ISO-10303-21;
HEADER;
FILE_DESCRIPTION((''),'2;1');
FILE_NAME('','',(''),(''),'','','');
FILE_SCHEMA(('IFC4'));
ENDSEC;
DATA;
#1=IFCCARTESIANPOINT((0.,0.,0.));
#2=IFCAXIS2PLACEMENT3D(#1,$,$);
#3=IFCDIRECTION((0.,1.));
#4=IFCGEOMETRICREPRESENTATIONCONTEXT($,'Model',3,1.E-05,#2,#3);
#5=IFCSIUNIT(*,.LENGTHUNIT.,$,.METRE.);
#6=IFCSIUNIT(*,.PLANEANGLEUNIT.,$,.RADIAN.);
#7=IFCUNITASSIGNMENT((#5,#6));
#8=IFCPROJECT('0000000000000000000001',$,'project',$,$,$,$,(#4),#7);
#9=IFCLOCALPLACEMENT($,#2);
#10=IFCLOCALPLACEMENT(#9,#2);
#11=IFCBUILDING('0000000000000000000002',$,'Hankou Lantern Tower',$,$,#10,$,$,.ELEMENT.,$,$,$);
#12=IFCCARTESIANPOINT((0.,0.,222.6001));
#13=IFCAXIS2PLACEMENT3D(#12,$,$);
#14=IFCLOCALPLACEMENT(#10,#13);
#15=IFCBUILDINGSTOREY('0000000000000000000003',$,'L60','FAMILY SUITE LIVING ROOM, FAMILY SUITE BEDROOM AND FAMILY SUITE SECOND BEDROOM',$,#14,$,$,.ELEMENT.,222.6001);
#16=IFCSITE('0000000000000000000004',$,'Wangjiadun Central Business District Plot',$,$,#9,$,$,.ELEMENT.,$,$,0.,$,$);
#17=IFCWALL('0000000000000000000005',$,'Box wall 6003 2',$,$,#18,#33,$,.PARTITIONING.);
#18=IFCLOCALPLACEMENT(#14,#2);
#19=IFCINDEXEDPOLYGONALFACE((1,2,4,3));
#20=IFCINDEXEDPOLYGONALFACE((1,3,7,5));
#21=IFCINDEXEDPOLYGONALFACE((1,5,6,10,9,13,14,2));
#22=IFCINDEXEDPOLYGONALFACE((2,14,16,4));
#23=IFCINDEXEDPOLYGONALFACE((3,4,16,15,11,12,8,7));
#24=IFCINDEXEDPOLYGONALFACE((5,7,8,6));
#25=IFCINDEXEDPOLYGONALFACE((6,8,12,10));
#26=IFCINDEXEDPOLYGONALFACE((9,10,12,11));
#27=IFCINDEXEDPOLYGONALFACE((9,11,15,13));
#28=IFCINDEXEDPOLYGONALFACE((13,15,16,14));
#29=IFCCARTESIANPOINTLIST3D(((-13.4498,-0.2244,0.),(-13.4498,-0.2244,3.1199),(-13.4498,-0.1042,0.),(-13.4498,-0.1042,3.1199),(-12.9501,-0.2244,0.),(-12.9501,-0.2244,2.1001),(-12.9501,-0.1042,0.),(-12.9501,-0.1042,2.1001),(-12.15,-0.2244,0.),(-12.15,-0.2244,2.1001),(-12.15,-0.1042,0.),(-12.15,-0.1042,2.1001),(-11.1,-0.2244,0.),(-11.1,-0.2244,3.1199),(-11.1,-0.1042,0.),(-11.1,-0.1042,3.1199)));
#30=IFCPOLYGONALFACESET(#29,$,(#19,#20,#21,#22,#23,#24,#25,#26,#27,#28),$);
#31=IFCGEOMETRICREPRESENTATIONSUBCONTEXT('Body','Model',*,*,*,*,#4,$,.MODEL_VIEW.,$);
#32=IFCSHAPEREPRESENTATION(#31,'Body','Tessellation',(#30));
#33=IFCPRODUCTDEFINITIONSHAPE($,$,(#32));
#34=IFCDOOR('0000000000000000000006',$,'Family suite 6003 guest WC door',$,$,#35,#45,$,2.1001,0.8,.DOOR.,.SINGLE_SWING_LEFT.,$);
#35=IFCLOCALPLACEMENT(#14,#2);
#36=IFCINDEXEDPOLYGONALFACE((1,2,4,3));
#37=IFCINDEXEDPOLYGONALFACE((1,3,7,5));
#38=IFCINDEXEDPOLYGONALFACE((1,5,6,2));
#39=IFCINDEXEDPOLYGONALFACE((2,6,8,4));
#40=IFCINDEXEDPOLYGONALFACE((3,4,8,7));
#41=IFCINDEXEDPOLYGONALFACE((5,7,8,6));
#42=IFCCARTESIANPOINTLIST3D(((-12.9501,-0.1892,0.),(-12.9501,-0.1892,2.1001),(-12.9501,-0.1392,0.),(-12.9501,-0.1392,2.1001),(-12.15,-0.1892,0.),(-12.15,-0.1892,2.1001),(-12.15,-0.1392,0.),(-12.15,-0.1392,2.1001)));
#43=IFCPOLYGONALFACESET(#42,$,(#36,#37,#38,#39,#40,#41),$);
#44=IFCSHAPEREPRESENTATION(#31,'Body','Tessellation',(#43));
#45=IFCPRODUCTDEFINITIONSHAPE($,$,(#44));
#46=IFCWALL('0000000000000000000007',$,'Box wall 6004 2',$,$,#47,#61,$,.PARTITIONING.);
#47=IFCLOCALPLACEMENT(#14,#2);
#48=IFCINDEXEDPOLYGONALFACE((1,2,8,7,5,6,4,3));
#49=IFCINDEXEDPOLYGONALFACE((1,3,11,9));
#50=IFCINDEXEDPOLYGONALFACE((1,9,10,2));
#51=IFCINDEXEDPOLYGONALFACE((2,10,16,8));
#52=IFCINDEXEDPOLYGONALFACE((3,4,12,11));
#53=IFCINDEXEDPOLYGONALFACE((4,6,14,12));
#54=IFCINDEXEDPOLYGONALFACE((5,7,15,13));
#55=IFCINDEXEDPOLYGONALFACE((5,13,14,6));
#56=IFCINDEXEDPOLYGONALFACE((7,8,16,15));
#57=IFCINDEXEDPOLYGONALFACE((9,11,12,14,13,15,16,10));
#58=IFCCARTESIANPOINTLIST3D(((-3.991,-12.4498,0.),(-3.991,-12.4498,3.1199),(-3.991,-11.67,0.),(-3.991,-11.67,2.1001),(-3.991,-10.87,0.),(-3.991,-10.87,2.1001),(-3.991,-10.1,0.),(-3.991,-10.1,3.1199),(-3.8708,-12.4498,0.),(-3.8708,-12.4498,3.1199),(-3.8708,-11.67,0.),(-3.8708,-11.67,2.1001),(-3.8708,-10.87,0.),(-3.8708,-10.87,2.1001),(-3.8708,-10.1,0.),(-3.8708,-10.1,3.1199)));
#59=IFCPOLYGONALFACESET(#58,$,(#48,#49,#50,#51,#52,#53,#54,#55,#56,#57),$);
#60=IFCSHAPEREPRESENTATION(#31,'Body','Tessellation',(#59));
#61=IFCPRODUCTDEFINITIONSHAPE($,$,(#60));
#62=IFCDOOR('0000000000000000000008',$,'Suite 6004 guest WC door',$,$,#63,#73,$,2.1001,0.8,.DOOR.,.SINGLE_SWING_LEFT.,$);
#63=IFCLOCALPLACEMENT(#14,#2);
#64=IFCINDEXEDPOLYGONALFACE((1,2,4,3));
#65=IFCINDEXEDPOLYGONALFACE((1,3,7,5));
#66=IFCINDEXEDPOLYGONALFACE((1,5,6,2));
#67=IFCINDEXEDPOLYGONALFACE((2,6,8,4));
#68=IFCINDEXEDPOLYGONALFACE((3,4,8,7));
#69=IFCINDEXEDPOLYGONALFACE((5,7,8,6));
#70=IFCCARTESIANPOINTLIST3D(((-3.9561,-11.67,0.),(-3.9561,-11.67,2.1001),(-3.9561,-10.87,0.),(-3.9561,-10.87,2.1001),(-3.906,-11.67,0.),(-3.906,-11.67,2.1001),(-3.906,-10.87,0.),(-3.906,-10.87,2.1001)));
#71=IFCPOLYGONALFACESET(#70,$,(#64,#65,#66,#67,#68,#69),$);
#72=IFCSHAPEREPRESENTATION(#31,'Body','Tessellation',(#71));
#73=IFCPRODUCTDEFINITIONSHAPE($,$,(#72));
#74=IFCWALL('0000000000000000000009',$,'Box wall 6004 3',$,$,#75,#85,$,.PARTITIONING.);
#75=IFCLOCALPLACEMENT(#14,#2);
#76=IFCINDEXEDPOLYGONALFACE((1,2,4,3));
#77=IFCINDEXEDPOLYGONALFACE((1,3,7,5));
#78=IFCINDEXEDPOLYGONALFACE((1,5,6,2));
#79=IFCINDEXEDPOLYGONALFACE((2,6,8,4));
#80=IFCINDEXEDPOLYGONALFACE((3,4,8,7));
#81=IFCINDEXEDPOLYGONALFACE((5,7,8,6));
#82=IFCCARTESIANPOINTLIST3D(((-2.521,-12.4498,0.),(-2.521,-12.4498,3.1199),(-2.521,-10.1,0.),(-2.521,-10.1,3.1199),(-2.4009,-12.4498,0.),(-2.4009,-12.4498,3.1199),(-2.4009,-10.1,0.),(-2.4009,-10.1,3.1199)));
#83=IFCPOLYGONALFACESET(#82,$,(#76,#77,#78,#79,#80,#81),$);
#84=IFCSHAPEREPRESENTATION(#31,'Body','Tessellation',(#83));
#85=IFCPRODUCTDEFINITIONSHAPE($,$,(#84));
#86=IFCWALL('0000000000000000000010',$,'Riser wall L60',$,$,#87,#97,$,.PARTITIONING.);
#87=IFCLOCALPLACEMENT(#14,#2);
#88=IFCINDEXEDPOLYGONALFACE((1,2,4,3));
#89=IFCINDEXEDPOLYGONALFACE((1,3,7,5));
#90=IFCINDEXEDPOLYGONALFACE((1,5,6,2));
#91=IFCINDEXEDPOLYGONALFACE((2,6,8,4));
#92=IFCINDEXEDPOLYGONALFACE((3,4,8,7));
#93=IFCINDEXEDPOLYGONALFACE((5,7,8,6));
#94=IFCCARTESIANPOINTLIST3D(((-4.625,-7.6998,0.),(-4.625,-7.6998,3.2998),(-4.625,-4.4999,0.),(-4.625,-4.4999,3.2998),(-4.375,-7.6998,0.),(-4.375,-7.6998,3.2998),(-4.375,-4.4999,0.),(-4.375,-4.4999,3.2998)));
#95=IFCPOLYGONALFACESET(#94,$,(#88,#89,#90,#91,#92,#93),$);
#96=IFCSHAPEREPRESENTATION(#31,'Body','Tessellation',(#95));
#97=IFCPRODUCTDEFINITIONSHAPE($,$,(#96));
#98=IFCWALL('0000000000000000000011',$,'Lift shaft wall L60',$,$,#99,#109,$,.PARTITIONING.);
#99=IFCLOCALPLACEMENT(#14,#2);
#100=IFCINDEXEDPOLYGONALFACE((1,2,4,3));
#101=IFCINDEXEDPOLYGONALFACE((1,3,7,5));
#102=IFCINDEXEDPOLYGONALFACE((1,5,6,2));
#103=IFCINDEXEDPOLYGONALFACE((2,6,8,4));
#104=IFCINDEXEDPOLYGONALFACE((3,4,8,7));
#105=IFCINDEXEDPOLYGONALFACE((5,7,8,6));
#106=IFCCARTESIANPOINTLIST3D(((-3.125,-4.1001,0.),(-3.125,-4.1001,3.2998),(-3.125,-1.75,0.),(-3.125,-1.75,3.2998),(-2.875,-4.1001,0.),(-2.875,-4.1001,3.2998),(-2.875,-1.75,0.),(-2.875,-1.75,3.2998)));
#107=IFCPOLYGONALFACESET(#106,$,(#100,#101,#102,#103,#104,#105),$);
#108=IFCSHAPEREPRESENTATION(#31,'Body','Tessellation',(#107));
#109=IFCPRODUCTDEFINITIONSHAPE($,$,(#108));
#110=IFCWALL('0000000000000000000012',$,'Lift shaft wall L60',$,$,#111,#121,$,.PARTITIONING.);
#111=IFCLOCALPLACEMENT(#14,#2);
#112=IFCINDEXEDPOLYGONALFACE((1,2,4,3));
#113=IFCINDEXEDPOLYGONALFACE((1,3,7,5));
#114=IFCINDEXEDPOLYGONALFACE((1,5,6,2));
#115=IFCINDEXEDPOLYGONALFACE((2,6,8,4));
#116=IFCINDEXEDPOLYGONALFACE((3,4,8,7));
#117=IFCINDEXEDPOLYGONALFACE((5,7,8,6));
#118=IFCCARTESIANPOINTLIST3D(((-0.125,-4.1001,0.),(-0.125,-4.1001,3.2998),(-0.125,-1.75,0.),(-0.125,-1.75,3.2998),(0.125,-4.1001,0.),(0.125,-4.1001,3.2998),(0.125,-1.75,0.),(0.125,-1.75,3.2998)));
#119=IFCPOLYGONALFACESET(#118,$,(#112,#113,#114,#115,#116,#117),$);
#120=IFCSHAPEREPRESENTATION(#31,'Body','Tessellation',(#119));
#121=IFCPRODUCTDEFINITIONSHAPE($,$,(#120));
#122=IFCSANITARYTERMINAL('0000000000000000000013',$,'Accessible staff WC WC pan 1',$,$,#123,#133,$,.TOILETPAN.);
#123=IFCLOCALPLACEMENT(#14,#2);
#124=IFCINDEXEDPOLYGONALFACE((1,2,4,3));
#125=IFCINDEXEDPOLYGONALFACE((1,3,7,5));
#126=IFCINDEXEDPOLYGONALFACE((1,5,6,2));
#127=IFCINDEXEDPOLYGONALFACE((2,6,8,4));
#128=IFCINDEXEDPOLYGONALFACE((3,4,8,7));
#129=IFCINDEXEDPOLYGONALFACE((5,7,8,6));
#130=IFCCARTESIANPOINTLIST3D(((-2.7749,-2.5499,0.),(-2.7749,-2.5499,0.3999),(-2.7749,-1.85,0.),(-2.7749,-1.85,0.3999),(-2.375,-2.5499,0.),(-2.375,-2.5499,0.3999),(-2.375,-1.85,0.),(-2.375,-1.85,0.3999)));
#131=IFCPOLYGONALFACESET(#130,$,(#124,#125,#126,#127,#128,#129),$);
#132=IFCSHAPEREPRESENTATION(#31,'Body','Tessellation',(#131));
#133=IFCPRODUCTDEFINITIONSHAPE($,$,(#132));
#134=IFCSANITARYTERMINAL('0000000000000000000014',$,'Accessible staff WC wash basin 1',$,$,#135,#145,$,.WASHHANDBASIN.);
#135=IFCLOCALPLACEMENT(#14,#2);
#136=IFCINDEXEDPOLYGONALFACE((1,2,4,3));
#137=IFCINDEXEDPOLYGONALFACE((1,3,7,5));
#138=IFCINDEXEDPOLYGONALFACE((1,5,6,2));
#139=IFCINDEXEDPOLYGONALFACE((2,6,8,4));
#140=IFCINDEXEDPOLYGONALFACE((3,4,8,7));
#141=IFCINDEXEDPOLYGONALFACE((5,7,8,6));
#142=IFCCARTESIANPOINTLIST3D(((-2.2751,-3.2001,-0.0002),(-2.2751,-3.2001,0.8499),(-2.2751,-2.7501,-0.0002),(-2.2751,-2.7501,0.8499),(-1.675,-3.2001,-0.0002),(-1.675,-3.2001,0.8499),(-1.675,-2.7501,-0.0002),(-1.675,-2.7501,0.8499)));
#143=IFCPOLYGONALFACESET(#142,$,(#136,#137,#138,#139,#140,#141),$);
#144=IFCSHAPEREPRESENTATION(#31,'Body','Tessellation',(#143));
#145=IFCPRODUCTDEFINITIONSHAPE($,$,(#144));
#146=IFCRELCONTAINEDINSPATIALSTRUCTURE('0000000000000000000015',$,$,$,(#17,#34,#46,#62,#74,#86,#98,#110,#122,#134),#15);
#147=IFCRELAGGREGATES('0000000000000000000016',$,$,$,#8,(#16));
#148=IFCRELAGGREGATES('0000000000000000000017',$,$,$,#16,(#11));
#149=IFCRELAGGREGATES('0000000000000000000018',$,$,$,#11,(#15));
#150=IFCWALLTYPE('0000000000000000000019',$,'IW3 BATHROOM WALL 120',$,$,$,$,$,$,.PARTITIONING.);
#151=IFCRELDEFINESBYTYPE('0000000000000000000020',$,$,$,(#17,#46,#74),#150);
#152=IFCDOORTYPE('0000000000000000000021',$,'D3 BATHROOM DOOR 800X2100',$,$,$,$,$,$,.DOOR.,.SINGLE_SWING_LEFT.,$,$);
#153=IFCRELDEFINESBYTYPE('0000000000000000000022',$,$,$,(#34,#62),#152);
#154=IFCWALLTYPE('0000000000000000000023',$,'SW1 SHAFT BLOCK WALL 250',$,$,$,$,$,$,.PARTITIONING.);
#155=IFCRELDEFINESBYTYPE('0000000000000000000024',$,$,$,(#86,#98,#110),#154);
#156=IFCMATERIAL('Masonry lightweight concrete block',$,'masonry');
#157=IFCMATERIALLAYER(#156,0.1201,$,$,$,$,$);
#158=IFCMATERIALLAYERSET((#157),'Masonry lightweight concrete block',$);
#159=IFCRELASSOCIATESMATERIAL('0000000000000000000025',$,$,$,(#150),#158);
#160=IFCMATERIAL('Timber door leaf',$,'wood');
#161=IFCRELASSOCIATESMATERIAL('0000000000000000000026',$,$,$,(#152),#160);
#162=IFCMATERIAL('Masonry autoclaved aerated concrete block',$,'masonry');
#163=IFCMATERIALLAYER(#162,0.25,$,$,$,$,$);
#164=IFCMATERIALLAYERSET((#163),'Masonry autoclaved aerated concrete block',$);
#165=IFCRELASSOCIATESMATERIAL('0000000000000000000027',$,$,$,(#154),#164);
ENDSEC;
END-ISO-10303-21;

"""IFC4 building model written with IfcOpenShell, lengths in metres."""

from ifc_helpers import new_model, si_unit, direction, frame, frame_2d, origin, origin_2d, place, context, subcontext, project, spatial, rectangle, extrude, material, layer, layer_set, type_object, element, fill, save


model = new_model("IFC4")

# Units and contexts
model_context = context("Model", 3, precision=1e-05, world=origin(), true_north=direction((0.0, 1.0)))
body_context = subcontext(model_context, "Body", "Model", "MODEL_VIEW")
ifc_project = project(units=[si_unit("LENGTHUNIT", "METRE"), si_unit("PLANEANGLEUNIT", "RADIAN")], contexts=[model_context])

# Site, building, storey
site_placement = place(None, origin())
site = spatial("IfcSite", under=ifc_project, at=site_placement, Name="Wangjiadun Central Business District Plot", CompositionType="ELEMENT", RefElevation=0.0)
building_placement = place(site_placement, origin())
building = spatial("IfcBuilding", under=site, at=building_placement, Name="Hankou Lantern Tower", CompositionType="ELEMENT")
storey_placement = place(building_placement, frame((0.0, 0.0, 222.6001)))
storey = spatial("IfcBuildingStorey", under=building, at=storey_placement, Name="L60", Description="FAMILY SUITE LIVING ROOM, FAMILY SUITE BEDROOM AND FAMILY SUITE SECOND BEDROOM", CompositionType="ELEMENT", Elevation=222.6001)

# Walls, openings, doors
ifc_material_1 = material(Name="Masonry lightweight concrete block", Category="masonry")
ifc_layer_1 = layer(ifc_material_1, 0.1201)
ifc_layer_set_1 = layer_set([ifc_layer_1], Name="Masonry lightweight concrete block")
wall_type_1 = type_object("IfcWallType", Name="IW3 BATHROOM WALL 120", PredefinedType="PARTITIONING", material=ifc_layer_set_1)
wall_1_placement = place(storey_placement, frame((-11.1001, -0.1643, 0.0), z_axis=(0.0, 0.0, 1.0), x_axis=(-1.0, 0.0, 0.0)))
wall_1 = element("IfcWall", 1, at=wall_1_placement, inside=storey, type_object=wall_type_1, Name="Box wall 6003 2", PredefinedType="PARTITIONING", context=body_context, shape_type="SweptSolid", body=[
    extrude(rectangle(XDim=2.3499, YDim=0.1201, at=frame_2d((1.1748, 0.0))), origin(), (0.0, 0.0, 1.0), 3.1199),
])
opening_1_placement = place(wall_1_placement, frame((1.05, 0.0, 0.0)))
opening_1 = element("IfcOpeningElement", 2, at=opening_1_placement, cuts=wall_1, PredefinedType="OPENING", context=body_context, shape_type="SweptSolid", body=[
    extrude(rectangle(XDim=0.8, YDim=2.1001, at=frame_2d((0.3999, 1.05))), frame((0.0, 0.0701, 0.0), z_axis=(0.0, -1.0, 0.0), x_axis=(1.0, 0.0, 0.0)), (0.0, 0.0, 1.0), 0.1401),
])
ifc_material_2 = material(Name="Timber door leaf", Category="wood")
door_type_1 = type_object("IfcDoorType", Name="D3 BATHROOM DOOR 800X2100", OperationType="SINGLE_SWING_LEFT", PredefinedType="DOOR", material=ifc_material_2)
door_1_placement = place(opening_1_placement, origin())
door_1 = element("IfcDoor", 3, at=door_1_placement, inside=storey, type_object=door_type_1, Name="Family suite 6003 guest WC door", OperationType="SINGLE_SWING_LEFT", OverallHeight=2.1001, OverallWidth=0.8, PredefinedType="DOOR", context=body_context, shape_type="SweptSolid", body=[
    extrude(rectangle(XDim=0.8, YDim=2.1001, at=frame_2d((0.3999, 1.05))), frame((0.0, 0.0249, 0.0), z_axis=(0.0, -1.0, 0.0), x_axis=(1.0, 0.0, 0.0)), (0.0, 0.0, 1.0), 0.05),
])
fill(opening_1, door_1)
wall_2_placement = place(storey_placement, frame((-3.9309, -10.1001, 0.0), z_axis=(0.0, 0.0, 1.0), x_axis=(0.0, -1.0, 0.0)))
wall_2 = element("IfcWall", 4, at=wall_2_placement, inside=storey, type_object=wall_type_1, Name="Box wall 6004 2", PredefinedType="PARTITIONING", context=body_context, shape_type="SweptSolid", body=[
    extrude(rectangle(XDim=2.3499, YDim=0.1201, at=frame_2d((1.1748, 0.0))), origin(), (0.0, 0.0, 1.0), 3.1199),
])
opening_2_placement = place(wall_2_placement, frame((0.77, 0.0, 0.0)))
opening_2 = element("IfcOpeningElement", 5, at=opening_2_placement, cuts=wall_2, PredefinedType="OPENING", context=body_context, shape_type="SweptSolid", body=[
    extrude(rectangle(XDim=0.8, YDim=2.1001, at=frame_2d((0.3999, 1.05))), frame((0.0, 0.0701, 0.0), z_axis=(0.0, -1.0, 0.0), x_axis=(1.0, 0.0, 0.0)), (0.0, 0.0, 1.0), 0.1401),
])
door_2_placement = place(opening_2_placement, origin())
door_2 = element("IfcDoor", 6, at=door_2_placement, inside=storey, type_object=door_type_1, Name="Suite 6004 guest WC door", OperationType="SINGLE_SWING_LEFT", OverallHeight=2.1001, OverallWidth=0.8, PredefinedType="DOOR", context=body_context, shape_type="SweptSolid", body=[
    extrude(rectangle(XDim=0.8, YDim=2.1001, at=frame_2d((0.3999, 1.05))), frame((0.0, 0.0249, 0.0), z_axis=(0.0, -1.0, 0.0), x_axis=(1.0, 0.0, 0.0)), (0.0, 0.0, 1.0), 0.05),
])
fill(opening_2, door_2)

# Walls
wall_3_placement = place(storey_placement, frame((-2.4609, -10.1001, 0.0), z_axis=(0.0, 0.0, 1.0), x_axis=(0.0, -1.0, 0.0)))
element("IfcWall", 7, at=wall_3_placement, inside=storey, type_object=wall_type_1, Name="Box wall 6004 3", PredefinedType="PARTITIONING", context=body_context, shape_type="SweptSolid", body=[
    extrude(rectangle(XDim=2.3499, YDim=0.1201, at=frame_2d((1.1748, 0.0))), origin(), (0.0, 0.0, 1.0), 3.1199),
])
ifc_material_3 = material(Name="Masonry autoclaved aerated concrete block", Category="masonry")
ifc_layer_2 = layer(ifc_material_3, 0.25)
ifc_layer_set_2 = layer_set([ifc_layer_2], Name="Masonry autoclaved aerated concrete block")
wall_type_2 = type_object("IfcWallType", Name="SW1 SHAFT BLOCK WALL 250", PredefinedType="PARTITIONING", material=ifc_layer_set_2)
wall_4_placement = place(storey_placement, frame((-4.5, -7.7, 0.0), z_axis=(0.0, 0.0, 1.0), x_axis=(0.0, 1.0, 0.0)))
element("IfcWall", 8, at=wall_4_placement, inside=storey, type_object=wall_type_2, Name="Riser wall L60", PredefinedType="PARTITIONING", context=body_context, shape_type="SweptSolid", body=[
    extrude(rectangle(XDim=3.2, YDim=0.25, at=frame_2d((1.6001, 0.0))), origin(), (0.0, 0.0, 1.0), 3.2998),
])
for number, where, z_axis, x_axis, name in (
    (9, (-3.0, -4.1001, 0.0), (0.0, 0.0, 1.0), (0.0, 1.0, 0.0), "Lift shaft wall L60"),
    (10, (0.0, -4.1001, 0.0), (0.0, 0.0, 1.0), (0.0, 1.0, 0.0), "Lift shaft wall L60"),
):
    element("IfcWall", number, at=place(storey_placement, frame(where, z_axis=z_axis, x_axis=x_axis)), inside=storey, type_object=wall_type_2, Name=name, PredefinedType="PARTITIONING", context=body_context, shape_type="SweptSolid", body=[
        extrude(rectangle(XDim=2.3501, YDim=0.25, at=frame_2d((1.175, 0.0))), origin(), (0.0, 0.0, 1.0), 3.2998),
    ])

# Sanitary terminals
sanitary_terminal_1_placement = place(storey_placement, frame((-2.575, -2.2, 0.0), z_axis=(0.0, 0.0, 1.0), x_axis=(1.0, 0.0, 0.0)))
element("IfcSanitaryTerminal", 11, at=sanitary_terminal_1_placement, inside=storey, Name="Accessible staff WC WC pan 1", PredefinedType="TOILETPAN", context=body_context, shape_type="SweptSolid", body=[
    extrude(rectangle(XDim=0.3999, YDim=0.7, at=origin_2d()), origin(), (0.0, 0.0, 1.0), 0.3999),
])
sanitary_terminal_2_placement = place(storey_placement, frame((-1.9751, -2.9751, -0.0002), z_axis=(0.0, 0.0, 1.0), x_axis=(1.0, 0.0, 0.0)))
element("IfcSanitaryTerminal", 12, at=sanitary_terminal_2_placement, inside=storey, Name="Accessible staff WC wash basin 1", PredefinedType="WASHHANDBASIN", context=body_context, shape_type="SweptSolid", body=[
    extrude(rectangle(XDim=0.6001, YDim=0.45, at=origin_2d()), origin(), (0.0, 0.0, 1.0), 0.8501),
])

save(model, "model.ifc")
